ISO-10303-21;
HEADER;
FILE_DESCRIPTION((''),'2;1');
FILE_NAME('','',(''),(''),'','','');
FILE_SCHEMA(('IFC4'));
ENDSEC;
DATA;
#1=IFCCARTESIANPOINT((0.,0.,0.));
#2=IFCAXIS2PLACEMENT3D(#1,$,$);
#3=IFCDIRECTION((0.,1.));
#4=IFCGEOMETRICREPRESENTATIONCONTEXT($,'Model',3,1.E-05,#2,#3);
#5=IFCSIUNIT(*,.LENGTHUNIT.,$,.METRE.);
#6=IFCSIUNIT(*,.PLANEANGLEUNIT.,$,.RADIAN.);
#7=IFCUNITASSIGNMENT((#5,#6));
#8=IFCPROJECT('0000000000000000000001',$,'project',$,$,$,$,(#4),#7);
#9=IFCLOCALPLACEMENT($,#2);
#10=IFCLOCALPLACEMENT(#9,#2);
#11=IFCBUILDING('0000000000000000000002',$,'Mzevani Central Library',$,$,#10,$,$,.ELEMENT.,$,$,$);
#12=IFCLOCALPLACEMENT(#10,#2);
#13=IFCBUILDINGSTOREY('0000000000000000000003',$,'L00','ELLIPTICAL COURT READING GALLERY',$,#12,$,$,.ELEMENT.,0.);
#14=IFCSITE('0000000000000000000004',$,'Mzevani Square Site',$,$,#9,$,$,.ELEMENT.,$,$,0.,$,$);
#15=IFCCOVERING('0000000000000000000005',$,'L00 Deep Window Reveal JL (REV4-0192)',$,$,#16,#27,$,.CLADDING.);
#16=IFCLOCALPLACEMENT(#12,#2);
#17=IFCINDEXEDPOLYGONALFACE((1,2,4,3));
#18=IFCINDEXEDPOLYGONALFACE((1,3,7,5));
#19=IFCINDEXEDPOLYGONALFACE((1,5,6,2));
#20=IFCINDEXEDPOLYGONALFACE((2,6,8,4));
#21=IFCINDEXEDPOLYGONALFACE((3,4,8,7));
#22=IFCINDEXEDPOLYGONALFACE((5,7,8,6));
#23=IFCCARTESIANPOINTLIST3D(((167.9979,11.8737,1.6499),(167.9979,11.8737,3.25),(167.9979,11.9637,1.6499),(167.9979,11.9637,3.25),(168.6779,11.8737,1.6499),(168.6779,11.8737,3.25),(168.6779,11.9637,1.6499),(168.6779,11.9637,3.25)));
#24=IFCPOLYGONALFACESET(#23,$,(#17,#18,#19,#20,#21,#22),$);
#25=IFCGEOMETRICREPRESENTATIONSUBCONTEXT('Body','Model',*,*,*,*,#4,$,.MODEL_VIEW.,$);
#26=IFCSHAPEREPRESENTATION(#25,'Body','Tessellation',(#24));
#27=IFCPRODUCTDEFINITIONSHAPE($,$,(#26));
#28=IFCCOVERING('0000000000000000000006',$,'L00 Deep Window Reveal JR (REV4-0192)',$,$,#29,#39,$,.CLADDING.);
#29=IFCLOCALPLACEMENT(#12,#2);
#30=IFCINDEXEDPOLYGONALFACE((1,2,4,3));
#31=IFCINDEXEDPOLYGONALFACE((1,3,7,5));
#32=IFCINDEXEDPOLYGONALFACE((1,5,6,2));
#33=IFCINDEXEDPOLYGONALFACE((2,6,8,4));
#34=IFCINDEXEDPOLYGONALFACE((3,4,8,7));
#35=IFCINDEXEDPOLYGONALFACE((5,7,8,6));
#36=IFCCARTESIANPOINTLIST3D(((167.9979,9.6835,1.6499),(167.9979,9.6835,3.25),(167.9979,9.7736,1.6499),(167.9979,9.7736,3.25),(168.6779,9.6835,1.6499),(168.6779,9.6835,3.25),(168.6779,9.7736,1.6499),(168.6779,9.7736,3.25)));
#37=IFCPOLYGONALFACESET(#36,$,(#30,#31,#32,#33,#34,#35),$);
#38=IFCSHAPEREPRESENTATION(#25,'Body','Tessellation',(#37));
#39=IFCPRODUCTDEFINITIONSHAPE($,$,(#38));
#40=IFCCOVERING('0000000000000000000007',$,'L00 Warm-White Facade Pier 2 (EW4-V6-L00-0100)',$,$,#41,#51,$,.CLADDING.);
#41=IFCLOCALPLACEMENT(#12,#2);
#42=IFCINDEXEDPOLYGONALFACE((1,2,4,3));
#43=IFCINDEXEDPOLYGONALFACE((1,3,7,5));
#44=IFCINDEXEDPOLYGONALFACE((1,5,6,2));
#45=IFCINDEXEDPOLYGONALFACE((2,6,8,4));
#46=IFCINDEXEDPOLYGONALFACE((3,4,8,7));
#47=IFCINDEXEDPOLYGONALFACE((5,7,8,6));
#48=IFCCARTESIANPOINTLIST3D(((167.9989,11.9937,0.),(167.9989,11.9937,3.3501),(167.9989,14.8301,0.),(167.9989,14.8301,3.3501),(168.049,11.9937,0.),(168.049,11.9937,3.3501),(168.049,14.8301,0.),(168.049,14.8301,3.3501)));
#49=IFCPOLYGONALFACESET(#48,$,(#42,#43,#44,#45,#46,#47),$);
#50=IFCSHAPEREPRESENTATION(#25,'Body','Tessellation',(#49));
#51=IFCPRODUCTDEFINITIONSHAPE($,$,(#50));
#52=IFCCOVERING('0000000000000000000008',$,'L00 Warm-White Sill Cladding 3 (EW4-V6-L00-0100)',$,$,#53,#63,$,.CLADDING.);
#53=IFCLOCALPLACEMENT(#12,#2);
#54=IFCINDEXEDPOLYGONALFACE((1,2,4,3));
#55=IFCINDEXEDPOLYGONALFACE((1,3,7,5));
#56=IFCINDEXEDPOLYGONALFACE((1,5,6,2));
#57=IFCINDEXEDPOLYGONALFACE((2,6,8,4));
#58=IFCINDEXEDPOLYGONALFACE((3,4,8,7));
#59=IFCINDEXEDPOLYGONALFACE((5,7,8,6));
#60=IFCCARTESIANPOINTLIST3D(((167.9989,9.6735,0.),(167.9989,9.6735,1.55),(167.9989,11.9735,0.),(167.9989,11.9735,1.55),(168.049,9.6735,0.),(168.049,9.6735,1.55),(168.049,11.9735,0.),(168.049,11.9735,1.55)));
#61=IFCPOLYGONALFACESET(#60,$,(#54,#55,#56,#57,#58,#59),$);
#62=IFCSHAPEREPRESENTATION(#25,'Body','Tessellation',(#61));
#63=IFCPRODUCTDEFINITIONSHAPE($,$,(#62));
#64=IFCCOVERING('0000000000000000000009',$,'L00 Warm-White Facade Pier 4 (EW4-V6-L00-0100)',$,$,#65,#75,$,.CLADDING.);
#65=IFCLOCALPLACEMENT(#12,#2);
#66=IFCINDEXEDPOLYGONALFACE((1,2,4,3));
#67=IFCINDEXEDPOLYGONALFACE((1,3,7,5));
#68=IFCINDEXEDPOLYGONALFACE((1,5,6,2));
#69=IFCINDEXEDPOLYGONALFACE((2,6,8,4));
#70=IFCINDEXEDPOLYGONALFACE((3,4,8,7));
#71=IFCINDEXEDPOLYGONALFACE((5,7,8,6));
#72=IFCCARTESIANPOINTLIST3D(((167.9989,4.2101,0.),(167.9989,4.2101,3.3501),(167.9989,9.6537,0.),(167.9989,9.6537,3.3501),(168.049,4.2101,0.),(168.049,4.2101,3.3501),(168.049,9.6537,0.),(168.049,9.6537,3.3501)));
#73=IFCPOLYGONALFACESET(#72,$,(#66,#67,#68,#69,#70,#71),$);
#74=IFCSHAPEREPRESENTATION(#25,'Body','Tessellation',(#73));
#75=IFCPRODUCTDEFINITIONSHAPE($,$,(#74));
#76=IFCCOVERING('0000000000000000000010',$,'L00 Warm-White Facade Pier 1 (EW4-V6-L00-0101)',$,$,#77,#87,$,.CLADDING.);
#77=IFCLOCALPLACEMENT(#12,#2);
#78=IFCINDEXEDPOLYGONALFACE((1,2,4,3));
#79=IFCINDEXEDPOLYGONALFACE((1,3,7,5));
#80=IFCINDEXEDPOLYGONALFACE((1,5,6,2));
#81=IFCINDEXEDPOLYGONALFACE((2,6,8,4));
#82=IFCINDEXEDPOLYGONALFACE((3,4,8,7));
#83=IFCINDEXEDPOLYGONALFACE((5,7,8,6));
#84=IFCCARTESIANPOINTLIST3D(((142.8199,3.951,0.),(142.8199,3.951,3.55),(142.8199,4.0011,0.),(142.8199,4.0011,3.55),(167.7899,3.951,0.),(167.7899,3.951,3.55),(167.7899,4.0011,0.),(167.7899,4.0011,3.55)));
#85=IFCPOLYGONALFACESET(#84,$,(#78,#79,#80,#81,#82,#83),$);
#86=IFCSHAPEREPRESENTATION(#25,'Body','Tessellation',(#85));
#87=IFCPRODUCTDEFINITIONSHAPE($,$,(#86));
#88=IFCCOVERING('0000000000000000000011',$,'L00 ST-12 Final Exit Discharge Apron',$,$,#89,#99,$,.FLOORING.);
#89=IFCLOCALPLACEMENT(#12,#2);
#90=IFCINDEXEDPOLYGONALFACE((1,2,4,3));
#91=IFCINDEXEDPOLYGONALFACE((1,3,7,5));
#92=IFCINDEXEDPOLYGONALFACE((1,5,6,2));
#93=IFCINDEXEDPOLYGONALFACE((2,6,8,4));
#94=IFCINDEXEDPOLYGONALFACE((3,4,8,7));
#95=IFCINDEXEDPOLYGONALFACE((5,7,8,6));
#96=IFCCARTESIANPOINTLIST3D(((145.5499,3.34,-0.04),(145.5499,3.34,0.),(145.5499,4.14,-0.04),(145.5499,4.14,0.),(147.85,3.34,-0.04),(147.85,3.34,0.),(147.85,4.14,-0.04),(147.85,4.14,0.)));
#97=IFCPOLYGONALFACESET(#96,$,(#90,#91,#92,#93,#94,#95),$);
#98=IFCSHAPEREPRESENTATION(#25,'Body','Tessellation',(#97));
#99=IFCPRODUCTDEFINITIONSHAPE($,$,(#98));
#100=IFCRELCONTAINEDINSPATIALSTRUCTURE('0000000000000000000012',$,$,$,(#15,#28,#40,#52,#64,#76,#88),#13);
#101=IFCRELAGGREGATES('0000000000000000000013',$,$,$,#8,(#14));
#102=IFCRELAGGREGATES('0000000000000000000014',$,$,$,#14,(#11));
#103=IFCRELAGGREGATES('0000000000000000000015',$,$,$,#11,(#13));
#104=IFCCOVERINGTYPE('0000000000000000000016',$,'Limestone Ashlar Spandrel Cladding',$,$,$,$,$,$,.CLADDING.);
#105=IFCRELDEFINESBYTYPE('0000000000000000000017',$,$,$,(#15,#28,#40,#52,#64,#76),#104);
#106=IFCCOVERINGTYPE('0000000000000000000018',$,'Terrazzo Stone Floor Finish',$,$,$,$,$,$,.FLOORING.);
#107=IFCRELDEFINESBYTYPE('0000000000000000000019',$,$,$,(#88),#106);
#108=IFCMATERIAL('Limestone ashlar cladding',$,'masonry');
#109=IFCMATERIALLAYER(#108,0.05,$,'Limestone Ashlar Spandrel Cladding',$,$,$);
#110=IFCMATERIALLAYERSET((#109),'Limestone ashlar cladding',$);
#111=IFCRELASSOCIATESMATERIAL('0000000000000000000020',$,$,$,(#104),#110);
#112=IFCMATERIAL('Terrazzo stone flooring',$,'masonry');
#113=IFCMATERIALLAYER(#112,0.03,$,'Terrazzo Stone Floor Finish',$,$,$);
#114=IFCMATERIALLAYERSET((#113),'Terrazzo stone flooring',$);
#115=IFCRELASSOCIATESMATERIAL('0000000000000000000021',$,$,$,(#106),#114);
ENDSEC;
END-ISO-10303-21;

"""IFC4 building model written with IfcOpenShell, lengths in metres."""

from ifc_helpers import new_model, si_unit, direction, frame, origin, origin_2d, place, context, subcontext, project, spatial, rectangle, extrude, material, layer, layer_set, type_object, element, save


model = new_model("IFC4")

# Units and contexts
model_context = context("Model", 3, precision=1e-05, world=origin(), true_north=direction((0.0, 1.0)))
body_context = subcontext(model_context, "Body", "Model", "MODEL_VIEW")
ifc_project = project(units=[si_unit("LENGTHUNIT", "METRE"), si_unit("PLANEANGLEUNIT", "RADIAN")], contexts=[model_context])

# Site, building, storey
site_placement = place(None, origin())
site = spatial("IfcSite", under=ifc_project, at=site_placement, Name="Mzevani Square Site", CompositionType="ELEMENT", RefElevation=0.0)
building_placement = place(site_placement, origin())
building = spatial("IfcBuilding", under=site, at=building_placement, Name="Mzevani Central Library", CompositionType="ELEMENT")
storey_placement = place(building_placement, origin())
storey = spatial("IfcBuildingStorey", under=building, at=storey_placement, Name="L00", Description="ELLIPTICAL COURT READING GALLERY", CompositionType="ELEMENT", Elevation=0.0)

# Coverings
ifc_material_1 = material(Name="Limestone ashlar cladding", Category="masonry")
ifc_layer_1 = layer(ifc_material_1, 0.05, Name="Limestone Ashlar Spandrel Cladding")
ifc_layer_set_1 = layer_set([ifc_layer_1], Name="Limestone ashlar cladding")
covering_type_1 = type_object("IfcCoveringType", Name="Limestone Ashlar Spandrel Cladding", PredefinedType="CLADDING", material=ifc_layer_set_1)
for number, where, z_axis, x_axis, name in (
    (1, (168.3379, 11.9187, 1.6499), (0.0, 0.0, 1.0), (0.0, -1.0, 0.0), "L00 Deep Window Reveal JL (REV4-0192)"),
    (2, (168.3379, 9.7285, 1.6499), (0.0, 0.0, 1.0), (0.0, -1.0, 0.0), "L00 Deep Window Reveal JR (REV4-0192)"),
):
    element("IfcCovering", number, at=place(storey_placement, frame(where, z_axis=z_axis, x_axis=x_axis)), inside=storey, type_object=covering_type_1, Name=name, PredefinedType="CLADDING", context=body_context, shape_type="SweptSolid", body=[
        extrude(rectangle(XDim=0.0901, YDim=0.6799, at=origin_2d()), origin(), (0.0, 0.0, 1.0), 1.6001),
    ])
covering_1_placement = place(storey_placement, frame((168.0239, 13.4119, 0.0), z_axis=(0.0, 0.0, 1.0), x_axis=(0.0, -1.0, 0.0)))
element("IfcCovering", 3, at=covering_1_placement, inside=storey, type_object=covering_type_1, Name="L00 Warm-White Facade Pier 2 (EW4-V6-L00-0100)", PredefinedType="CLADDING", context=body_context, shape_type="SweptSolid", body=[
    extrude(rectangle(XDim=2.8364, YDim=0.05, at=origin_2d()), origin(), (0.0, 0.0, 1.0), 3.3501),
])
covering_2_placement = place(storey_placement, frame((168.0239, 10.8235, 0.0), z_axis=(0.0, 0.0, 1.0), x_axis=(0.0, -1.0, 0.0)))
element("IfcCovering", 4, at=covering_2_placement, inside=storey, type_object=covering_type_1, Name="L00 Warm-White Sill Cladding 3 (EW4-V6-L00-0100)", PredefinedType="CLADDING", context=body_context, shape_type="SweptSolid", body=[
    extrude(rectangle(XDim=2.3, YDim=0.05, at=origin_2d()), origin(), (0.0, 0.0, 1.0), 1.55),
])
covering_3_placement = place(storey_placement, frame((168.0239, 6.9319, 0.0), z_axis=(0.0, 0.0, 1.0), x_axis=(0.0, -1.0, 0.0)))
element("IfcCovering", 5, at=covering_3_placement, inside=storey, type_object=covering_type_1, Name="L00 Warm-White Facade Pier 4 (EW4-V6-L00-0100)", PredefinedType="CLADDING", context=body_context, shape_type="SweptSolid", body=[
    extrude(rectangle(XDim=5.4436, YDim=0.05, at=origin_2d()), origin(), (0.0, 0.0, 1.0), 3.3501),
])
covering_4_placement = place(storey_placement, frame((155.3049, 3.9761, 0.0), z_axis=(0.0, 0.0, 1.0), x_axis=(-1.0, 0.0, 0.0)))
element("IfcCovering", 6, at=covering_4_placement, inside=storey, type_object=covering_type_1, Name="L00 Warm-White Facade Pier 1 (EW4-V6-L00-0101)", PredefinedType="CLADDING", context=body_context, shape_type="SweptSolid", body=[
    extrude(rectangle(XDim=24.97, YDim=0.05, at=origin_2d()), origin(), (0.0, 0.0, 1.0), 3.55),
])
ifc_material_2 = material(Name="Terrazzo stone flooring", Category="masonry")
ifc_layer_2 = layer(ifc_material_2, 0.03, Name="Terrazzo Stone Floor Finish")
ifc_layer_set_2 = layer_set([ifc_layer_2], Name="Terrazzo stone flooring")
covering_type_2 = type_object("IfcCoveringType", Name="Terrazzo Stone Floor Finish", PredefinedType="FLOORING", material=ifc_layer_set_2)
covering_5_placement = place(storey_placement, frame((146.7, 3.74, -0.04), z_axis=(0.0, 0.0, 1.0), x_axis=(-1.0, 0.0, 0.0)))
element("IfcCovering", 7, at=covering_5_placement, inside=storey, type_object=covering_type_2, Name="L00 ST-12 Final Exit Discharge Apron", PredefinedType="FLOORING", context=body_context, shape_type="SweptSolid", body=[
    extrude(rectangle(XDim=2.3, YDim=0.8, at=origin_2d()), origin(), (0.0, 0.0, 1.0), 0.04),
])

save(model, "model.ifc")
